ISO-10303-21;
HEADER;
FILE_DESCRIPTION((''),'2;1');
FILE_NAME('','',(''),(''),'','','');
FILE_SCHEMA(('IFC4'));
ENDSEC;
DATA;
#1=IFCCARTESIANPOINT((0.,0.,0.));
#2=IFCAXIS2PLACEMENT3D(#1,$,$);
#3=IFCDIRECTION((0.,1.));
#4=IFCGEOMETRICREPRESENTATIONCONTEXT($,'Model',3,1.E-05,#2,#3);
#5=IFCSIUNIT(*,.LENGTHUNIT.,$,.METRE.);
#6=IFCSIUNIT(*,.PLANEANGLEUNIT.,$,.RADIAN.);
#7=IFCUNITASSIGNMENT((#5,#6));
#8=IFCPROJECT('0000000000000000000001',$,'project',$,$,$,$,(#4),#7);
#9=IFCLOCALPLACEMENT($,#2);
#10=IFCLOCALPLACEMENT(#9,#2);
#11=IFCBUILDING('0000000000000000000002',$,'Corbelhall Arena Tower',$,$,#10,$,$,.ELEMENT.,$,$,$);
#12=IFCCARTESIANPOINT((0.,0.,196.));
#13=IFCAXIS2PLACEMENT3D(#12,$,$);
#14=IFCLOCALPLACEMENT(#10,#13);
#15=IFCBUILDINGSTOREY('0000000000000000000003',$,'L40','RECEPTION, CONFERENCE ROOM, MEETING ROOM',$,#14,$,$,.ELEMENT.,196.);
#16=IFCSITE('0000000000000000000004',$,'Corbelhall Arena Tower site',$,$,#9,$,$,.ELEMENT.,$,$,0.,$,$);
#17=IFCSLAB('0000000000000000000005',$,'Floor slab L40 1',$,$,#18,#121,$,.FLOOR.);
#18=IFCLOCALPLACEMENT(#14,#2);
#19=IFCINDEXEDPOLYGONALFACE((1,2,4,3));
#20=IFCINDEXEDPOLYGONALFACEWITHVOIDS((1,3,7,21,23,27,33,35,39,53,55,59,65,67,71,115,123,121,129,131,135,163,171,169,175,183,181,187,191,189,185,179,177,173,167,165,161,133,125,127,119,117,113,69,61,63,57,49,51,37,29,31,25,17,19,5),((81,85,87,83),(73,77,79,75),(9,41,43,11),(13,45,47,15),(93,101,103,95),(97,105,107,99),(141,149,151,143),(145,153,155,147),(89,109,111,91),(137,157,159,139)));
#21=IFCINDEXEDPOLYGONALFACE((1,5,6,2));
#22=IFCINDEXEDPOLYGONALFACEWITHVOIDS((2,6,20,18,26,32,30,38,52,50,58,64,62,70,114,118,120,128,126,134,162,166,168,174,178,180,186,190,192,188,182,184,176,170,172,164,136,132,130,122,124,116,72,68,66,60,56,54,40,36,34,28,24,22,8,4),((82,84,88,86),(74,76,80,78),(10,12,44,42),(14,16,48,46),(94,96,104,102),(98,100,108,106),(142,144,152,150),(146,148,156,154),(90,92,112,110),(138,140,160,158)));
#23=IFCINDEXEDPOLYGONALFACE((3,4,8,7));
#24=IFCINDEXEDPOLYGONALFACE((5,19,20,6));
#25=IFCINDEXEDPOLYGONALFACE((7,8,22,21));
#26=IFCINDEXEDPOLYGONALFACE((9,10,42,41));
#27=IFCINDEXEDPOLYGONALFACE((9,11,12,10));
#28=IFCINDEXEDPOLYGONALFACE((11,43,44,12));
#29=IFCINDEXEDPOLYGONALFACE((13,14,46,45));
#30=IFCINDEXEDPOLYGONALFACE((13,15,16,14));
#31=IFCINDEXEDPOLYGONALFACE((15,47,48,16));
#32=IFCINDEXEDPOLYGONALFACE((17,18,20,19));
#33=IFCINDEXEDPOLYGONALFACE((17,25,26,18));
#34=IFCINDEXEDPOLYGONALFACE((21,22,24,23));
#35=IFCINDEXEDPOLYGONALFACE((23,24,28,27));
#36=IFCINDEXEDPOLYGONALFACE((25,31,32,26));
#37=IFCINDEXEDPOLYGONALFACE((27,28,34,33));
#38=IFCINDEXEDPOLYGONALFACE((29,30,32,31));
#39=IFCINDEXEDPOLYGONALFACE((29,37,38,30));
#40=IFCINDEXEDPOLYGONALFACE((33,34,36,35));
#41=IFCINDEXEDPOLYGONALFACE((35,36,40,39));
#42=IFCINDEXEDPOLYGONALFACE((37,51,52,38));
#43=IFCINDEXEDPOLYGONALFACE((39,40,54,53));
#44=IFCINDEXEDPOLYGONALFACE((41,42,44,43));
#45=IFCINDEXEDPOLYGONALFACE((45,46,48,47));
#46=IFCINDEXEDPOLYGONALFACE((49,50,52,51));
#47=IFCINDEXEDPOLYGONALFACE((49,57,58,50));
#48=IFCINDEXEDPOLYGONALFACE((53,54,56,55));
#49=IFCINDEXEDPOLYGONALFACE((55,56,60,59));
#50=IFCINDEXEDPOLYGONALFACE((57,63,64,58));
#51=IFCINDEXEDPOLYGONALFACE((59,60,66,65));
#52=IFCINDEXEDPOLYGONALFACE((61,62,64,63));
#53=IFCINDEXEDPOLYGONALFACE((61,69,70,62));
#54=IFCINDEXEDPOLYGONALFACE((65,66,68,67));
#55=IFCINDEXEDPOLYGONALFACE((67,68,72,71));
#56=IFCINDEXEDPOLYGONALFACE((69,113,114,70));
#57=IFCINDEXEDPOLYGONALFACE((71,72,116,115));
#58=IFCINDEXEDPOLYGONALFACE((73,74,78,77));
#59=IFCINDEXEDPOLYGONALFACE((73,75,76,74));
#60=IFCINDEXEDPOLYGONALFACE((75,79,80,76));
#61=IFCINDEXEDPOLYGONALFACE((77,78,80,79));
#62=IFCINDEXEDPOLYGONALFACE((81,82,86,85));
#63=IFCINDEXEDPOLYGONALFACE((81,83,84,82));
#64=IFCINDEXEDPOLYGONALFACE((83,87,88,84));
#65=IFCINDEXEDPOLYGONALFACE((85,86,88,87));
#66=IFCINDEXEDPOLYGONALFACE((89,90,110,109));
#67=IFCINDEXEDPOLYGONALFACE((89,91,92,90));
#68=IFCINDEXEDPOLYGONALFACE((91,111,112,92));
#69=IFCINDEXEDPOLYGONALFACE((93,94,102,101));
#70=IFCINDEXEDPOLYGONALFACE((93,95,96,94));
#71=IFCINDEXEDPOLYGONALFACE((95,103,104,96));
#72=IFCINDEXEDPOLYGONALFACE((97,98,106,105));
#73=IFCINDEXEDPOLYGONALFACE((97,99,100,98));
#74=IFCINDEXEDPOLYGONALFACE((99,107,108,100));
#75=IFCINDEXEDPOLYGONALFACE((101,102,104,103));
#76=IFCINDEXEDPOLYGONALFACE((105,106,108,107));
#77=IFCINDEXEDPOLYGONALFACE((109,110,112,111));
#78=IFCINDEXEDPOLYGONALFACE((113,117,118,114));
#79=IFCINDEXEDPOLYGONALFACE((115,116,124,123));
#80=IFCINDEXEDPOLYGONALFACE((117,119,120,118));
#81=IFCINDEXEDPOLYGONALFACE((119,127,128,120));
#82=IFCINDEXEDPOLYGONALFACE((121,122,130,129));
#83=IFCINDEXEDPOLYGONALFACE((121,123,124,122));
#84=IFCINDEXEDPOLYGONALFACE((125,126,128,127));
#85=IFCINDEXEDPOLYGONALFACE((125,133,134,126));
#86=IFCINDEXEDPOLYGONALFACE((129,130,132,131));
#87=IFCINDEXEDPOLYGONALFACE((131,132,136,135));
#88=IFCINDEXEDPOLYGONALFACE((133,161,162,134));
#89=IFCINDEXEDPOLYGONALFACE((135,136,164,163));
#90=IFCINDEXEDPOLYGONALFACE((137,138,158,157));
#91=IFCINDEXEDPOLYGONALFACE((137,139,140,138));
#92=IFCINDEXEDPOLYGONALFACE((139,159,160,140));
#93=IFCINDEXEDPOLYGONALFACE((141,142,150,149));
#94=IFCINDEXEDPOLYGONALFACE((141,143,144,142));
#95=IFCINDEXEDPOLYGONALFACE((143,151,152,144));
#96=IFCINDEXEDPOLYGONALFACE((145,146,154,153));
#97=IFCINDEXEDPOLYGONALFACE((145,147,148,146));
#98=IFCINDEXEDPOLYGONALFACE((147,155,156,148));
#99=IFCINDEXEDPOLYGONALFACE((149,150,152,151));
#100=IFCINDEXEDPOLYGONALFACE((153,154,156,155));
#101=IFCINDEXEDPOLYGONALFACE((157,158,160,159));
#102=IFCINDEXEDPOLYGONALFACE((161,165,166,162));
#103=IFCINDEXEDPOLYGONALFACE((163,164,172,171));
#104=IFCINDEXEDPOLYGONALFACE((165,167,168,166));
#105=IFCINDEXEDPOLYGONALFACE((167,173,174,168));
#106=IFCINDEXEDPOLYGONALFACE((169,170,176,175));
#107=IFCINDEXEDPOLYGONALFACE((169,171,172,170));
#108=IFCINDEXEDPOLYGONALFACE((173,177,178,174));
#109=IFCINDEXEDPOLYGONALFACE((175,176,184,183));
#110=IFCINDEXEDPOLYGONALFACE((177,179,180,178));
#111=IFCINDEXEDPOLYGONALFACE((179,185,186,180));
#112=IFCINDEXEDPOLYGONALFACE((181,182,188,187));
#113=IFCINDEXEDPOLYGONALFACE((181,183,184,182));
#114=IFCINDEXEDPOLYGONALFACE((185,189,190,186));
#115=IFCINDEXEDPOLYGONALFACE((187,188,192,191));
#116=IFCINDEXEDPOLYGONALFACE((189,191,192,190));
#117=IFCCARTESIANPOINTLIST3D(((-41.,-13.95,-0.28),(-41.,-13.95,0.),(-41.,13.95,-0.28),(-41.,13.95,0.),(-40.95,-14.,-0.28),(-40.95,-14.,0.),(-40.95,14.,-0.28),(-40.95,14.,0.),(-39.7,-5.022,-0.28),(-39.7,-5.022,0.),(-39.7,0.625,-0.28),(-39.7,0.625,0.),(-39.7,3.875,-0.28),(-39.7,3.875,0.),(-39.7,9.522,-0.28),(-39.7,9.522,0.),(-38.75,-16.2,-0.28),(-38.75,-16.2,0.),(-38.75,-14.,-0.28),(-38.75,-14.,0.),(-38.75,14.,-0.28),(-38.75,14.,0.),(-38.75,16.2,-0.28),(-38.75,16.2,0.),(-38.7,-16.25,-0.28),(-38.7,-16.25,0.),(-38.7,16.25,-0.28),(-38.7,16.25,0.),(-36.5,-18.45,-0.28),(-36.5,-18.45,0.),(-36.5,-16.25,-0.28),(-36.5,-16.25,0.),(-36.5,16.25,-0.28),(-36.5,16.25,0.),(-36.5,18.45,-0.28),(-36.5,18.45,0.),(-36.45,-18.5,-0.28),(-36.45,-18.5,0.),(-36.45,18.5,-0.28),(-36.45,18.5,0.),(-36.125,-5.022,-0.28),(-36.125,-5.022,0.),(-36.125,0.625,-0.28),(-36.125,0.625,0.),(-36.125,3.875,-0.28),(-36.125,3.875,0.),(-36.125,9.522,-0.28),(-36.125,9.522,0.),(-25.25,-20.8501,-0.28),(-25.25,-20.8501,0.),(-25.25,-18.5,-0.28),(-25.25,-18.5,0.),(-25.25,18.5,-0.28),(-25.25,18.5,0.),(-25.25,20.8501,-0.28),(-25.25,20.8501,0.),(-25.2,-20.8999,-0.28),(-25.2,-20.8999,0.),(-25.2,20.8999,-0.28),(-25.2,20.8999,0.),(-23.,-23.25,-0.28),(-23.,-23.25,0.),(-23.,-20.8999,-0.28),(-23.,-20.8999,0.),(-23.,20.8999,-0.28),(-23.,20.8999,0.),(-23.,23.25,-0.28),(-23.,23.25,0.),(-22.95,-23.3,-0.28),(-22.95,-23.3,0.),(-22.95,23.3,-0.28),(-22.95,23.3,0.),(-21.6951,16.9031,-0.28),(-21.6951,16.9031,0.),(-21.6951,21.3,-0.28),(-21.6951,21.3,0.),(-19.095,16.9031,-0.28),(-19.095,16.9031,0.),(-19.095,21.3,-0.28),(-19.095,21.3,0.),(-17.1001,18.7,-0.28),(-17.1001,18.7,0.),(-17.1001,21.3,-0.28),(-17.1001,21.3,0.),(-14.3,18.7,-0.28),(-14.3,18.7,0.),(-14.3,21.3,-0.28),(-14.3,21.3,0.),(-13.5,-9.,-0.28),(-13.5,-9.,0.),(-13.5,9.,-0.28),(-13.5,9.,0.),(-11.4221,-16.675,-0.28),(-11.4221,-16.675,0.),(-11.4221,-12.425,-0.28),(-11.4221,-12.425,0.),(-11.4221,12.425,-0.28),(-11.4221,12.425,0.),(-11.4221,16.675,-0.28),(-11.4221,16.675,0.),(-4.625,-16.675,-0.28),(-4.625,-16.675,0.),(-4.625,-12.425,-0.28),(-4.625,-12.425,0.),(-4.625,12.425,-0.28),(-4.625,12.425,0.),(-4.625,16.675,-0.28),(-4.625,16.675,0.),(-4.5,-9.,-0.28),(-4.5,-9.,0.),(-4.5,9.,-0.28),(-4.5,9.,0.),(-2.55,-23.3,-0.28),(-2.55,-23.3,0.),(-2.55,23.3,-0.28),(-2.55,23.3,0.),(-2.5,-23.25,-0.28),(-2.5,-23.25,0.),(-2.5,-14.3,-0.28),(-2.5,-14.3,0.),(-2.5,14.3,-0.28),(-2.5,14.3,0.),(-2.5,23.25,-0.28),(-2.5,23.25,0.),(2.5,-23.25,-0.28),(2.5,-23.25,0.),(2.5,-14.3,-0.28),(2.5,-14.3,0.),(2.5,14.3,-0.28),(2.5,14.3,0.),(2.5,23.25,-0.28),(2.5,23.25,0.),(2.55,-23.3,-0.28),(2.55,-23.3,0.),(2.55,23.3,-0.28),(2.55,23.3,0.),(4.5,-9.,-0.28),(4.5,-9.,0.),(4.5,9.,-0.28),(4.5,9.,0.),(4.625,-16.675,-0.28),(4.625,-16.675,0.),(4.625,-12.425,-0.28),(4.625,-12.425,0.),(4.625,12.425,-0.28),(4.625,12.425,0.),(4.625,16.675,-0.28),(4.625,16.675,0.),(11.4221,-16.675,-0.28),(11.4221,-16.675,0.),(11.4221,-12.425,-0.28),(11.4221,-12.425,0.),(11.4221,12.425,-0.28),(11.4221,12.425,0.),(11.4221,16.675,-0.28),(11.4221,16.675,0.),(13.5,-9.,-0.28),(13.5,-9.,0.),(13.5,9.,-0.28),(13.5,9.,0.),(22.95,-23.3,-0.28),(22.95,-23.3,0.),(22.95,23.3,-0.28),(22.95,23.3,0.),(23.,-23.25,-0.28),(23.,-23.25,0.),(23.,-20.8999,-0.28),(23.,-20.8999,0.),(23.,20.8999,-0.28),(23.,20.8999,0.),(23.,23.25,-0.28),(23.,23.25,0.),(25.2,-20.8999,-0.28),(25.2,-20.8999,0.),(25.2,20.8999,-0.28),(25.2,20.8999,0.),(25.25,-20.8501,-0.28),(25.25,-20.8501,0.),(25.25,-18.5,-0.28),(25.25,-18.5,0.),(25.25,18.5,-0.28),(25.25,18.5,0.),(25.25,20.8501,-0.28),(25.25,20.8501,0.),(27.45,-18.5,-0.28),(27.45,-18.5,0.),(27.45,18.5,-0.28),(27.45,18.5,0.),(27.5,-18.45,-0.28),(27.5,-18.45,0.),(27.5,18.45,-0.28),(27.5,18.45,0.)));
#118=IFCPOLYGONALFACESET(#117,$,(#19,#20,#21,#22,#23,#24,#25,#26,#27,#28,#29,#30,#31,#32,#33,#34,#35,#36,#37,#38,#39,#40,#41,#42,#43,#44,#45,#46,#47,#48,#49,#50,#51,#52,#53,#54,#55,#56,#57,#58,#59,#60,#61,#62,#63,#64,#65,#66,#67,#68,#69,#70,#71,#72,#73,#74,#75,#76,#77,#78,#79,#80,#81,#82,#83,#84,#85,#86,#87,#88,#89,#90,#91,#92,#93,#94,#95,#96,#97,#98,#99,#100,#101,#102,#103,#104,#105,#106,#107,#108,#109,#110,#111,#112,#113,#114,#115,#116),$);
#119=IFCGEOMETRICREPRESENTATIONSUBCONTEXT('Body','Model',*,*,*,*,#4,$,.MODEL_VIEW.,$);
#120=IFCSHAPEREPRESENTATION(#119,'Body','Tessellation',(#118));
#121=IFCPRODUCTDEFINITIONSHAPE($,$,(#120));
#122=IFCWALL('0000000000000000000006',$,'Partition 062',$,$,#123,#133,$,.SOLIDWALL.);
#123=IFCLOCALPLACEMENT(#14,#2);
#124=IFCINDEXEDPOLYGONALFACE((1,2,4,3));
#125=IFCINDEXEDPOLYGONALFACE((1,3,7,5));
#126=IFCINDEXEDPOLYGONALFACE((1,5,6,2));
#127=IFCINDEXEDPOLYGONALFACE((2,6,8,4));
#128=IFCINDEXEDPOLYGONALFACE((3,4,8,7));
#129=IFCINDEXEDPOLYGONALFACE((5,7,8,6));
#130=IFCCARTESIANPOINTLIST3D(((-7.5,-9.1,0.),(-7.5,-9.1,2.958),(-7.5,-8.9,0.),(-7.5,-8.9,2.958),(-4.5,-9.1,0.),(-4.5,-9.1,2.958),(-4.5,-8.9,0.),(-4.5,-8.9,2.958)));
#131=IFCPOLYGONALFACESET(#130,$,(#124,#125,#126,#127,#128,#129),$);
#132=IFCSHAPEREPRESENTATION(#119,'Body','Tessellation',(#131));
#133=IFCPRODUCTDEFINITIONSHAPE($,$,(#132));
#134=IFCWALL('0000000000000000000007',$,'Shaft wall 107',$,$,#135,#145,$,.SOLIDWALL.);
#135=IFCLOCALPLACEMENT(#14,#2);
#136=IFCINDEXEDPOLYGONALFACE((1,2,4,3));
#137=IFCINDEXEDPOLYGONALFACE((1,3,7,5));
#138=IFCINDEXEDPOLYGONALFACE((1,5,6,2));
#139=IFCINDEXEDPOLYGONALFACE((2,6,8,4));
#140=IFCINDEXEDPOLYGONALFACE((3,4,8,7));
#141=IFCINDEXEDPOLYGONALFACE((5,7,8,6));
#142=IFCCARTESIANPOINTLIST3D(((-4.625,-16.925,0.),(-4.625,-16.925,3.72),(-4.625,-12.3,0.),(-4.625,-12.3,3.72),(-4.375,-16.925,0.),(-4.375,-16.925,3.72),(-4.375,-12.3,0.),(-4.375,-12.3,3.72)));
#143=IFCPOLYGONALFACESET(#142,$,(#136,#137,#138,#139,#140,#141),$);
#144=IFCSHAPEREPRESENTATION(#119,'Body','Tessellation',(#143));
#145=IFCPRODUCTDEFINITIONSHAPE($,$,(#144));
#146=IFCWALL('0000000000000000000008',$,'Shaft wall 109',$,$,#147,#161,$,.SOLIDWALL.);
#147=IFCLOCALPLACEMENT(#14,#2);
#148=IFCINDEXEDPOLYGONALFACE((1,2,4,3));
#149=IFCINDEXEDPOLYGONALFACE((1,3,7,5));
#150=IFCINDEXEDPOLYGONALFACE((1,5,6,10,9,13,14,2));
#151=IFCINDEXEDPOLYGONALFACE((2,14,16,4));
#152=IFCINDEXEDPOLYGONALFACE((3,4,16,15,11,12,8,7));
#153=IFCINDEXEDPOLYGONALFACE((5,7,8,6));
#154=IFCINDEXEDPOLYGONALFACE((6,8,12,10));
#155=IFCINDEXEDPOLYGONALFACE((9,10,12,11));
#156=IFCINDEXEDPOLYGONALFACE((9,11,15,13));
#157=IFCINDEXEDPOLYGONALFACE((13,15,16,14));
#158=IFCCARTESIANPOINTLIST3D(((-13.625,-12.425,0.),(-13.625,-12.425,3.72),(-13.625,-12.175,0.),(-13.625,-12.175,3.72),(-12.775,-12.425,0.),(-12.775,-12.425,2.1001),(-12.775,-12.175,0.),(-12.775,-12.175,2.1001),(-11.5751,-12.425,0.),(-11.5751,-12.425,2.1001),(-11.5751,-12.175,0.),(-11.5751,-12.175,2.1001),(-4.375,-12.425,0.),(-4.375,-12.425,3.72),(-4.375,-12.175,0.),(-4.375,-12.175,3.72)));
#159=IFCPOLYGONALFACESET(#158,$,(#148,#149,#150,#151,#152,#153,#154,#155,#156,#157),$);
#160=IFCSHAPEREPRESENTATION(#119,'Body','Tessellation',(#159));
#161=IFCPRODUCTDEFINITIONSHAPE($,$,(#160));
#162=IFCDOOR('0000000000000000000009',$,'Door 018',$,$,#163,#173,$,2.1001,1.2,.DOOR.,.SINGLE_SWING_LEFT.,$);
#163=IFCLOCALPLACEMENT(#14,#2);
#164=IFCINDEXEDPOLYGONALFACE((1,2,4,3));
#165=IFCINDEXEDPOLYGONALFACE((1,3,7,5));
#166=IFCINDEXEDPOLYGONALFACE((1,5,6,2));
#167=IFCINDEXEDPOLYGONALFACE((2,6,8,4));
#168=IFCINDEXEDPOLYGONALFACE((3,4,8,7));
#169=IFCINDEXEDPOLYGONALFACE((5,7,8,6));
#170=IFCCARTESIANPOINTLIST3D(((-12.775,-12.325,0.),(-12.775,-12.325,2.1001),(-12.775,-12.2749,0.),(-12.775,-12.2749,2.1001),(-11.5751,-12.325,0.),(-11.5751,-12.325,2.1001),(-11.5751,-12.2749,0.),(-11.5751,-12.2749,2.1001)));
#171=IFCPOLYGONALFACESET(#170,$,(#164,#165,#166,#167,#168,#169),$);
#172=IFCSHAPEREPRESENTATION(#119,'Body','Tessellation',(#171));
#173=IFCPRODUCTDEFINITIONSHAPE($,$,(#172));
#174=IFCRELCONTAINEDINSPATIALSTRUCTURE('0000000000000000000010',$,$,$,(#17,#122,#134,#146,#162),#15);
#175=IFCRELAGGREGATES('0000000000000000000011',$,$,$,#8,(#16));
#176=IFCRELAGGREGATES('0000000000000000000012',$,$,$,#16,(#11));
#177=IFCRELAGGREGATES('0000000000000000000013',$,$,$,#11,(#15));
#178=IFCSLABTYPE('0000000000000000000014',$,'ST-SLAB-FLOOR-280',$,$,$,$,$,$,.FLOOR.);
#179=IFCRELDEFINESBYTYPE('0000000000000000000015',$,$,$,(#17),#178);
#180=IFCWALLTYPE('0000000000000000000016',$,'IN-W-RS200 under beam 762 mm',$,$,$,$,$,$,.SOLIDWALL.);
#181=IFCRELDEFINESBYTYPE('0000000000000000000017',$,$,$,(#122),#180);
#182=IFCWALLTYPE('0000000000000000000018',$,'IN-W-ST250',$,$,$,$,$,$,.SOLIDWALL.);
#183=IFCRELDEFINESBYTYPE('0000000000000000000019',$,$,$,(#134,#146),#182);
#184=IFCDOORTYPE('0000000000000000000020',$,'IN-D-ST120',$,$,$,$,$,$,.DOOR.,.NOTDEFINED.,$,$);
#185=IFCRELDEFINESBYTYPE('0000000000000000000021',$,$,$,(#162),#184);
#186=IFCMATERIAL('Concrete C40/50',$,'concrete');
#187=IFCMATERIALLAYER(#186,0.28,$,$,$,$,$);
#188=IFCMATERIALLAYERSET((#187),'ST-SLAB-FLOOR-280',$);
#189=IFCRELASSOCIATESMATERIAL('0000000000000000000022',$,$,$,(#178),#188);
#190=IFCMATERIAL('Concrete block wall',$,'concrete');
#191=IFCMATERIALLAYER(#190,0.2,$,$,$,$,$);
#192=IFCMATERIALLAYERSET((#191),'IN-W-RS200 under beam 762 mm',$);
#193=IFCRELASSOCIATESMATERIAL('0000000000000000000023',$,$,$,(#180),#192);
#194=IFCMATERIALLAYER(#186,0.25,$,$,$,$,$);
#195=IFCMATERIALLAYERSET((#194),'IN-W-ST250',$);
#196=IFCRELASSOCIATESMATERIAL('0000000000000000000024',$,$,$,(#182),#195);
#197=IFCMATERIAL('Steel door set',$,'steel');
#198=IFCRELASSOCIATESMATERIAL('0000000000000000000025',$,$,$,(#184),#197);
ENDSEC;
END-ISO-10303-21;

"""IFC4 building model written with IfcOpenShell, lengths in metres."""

from ifc_helpers import new_model, si_unit, direction, frame, frame_2d, origin, place, context, subcontext, project, spatial, polyline, rectangle, outline, extrude, material, layer, layer_set, type_object, element, fill, save


model = new_model("IFC4")

# Units and contexts
model_context = context("Model", 3, precision=1e-05, world=origin(), true_north=direction((0.0, 1.0)))
body_context = subcontext(model_context, "Body", "Model", "MODEL_VIEW")
ifc_project = project(units=[si_unit("LENGTHUNIT", "METRE"), si_unit("PLANEANGLEUNIT", "RADIAN")], contexts=[model_context])

# Site, building, storey
site_placement = place(None, origin())
site = spatial("IfcSite", under=ifc_project, at=site_placement, Name="Corbelhall Arena Tower site", CompositionType="ELEMENT", RefElevation=0.0)
building_placement = place(site_placement, origin())
building = spatial("IfcBuilding", under=site, at=building_placement, Name="Corbelhall Arena Tower", CompositionType="ELEMENT")
storey_placement = place(building_placement, frame((0.0, 0.0, 196.0)))
storey = spatial("IfcBuildingStorey", under=building, at=storey_placement, Name="L40", Description="RECEPTION, CONFERENCE ROOM, MEETING ROOM", CompositionType="ELEMENT", Elevation=196.0)

# Shared definitions
ifc_material_1 = material(Name="Concrete C40/50", Category="concrete")

# Slab
ifc_layer_1 = layer(ifc_material_1, 0.28)
ifc_layer_set_1 = layer_set([ifc_layer_1], Name="ST-SLAB-FLOOR-280")
slab_type_1 = type_object("IfcSlabType", Name="ST-SLAB-FLOOR-280", PredefinedType="FLOOR", material=ifc_layer_set_1)
slab_1_placement = place(storey_placement, frame((0.0, 0.0, -0.28)))
element("IfcSlab", 1, at=slab_1_placement, inside=storey, type_object=slab_type_1, Name="Floor slab L40 1", PredefinedType="FLOOR", context=body_context, shape_type="SweptSolid", body=[
    extrude(outline(polyline([(23.0, 23.25), (22.95, 23.3), (2.55, 23.3), (2.5, 23.25), (2.5, 14.3), (-2.5, 14.3), (-2.5, 23.25), (-2.55, 23.3), (-22.95, 23.3), (-23.0, 23.25), (-23.0, 20.8999), (-25.2, 20.8999), (-25.25, 20.8501), (-25.25, 18.5), (-36.45, 18.5), (-36.5, 18.45), (-36.5, 16.25), (-38.7, 16.25), (-38.75, 16.2), (-38.75, 14.0), (-40.95, 14.0), (-41.0, 13.95), (-41.0, -13.95), (-40.95, -14.0), (-38.75, -14.0), (-38.75, -16.2), (-38.7, -16.25), (-36.5, -16.25), (-36.5, -18.45), (-36.45, -18.5), (-25.25, -18.5), (-25.25, -20.8501), (-25.2, -20.8999), (-23.0, -20.8999), (-23.0, -23.25), (-22.95, -23.3), (-2.55, -23.3), (-2.5, -23.25), (-2.5, -14.3), (2.5, -14.3), (2.5, -23.25), (2.55, -23.3), (22.95, -23.3), (23.0, -23.25), (23.0, -20.8999), (25.2, -20.8999), (25.25, -20.8501), (25.25, -18.5), (27.45, -18.5), (27.5, -18.45), (27.5, 18.45), (27.45, 18.5), (25.25, 18.5), (25.25, 20.8501), (25.2, 20.8999), (23.0, 20.8999), (23.0, 23.25)]), holes=[polyline([(-4.5, -9.0), (-4.5, 9.0), (-13.5, 9.0), (-13.5, -9.0), (-4.5, -9.0)]), polyline([(13.5, -9.0), (13.5, 9.0), (4.5, 9.0), (4.5, -9.0), (13.5, -9.0)]), polyline([(-11.4221, 12.425), (-4.625, 12.425), (-4.625, 16.675), (-11.4221, 16.675), (-11.4221, 12.425)]), polyline([(-11.4221, -12.425), (-11.4221, -16.675), (-4.625, -16.675), (-4.625, -12.425), (-11.4221, -12.425)]), polyline([(4.625, 12.425), (11.4221, 12.425), (11.4221, 16.675), (4.625, 16.675), (4.625, 12.425)]), polyline([(4.625, -12.425), (4.625, -16.675), (11.4221, -16.675), (11.4221, -12.425), (4.625, -12.425)]), polyline([(-39.7, 9.522), (-39.7, 3.875), (-36.125, 3.875), (-36.125, 9.522), (-39.7, 9.522)]), polyline([(-39.7, -5.022), (-36.125, -5.022), (-36.125, 0.625), (-39.7, 0.625), (-39.7, -5.022)]), polyline([(-21.6951, 21.3), (-21.6951, 16.9031), (-19.095, 16.9031), (-19.095, 21.3), (-21.6951, 21.3)]), polyline([(-14.3, 21.3), (-17.1001, 21.3), (-17.1001, 18.7), (-14.3, 18.7), (-14.3, 21.3)])]), origin(), (0.0, 0.0, 1.0), 0.28),
])

# Wall
ifc_material_2 = material(Name="Concrete block wall", Category="concrete")
ifc_layer_2 = layer(ifc_material_2, 0.2)
ifc_layer_set_2 = layer_set([ifc_layer_2], Name="IN-W-RS200 under beam 762 mm")
wall_type_1 = type_object("IfcWallType", Name="IN-W-RS200 under beam 762 mm", PredefinedType="SOLIDWALL", material=ifc_layer_set_2)
wall_1_placement = place(storey_placement, frame((-4.5, -9.0, 0.0), z_axis=(0.0, 0.0, 1.0), x_axis=(-1.0, 0.0, 0.0)))
element("IfcWall", 2, at=wall_1_placement, inside=storey, type_object=wall_type_1, Name="Partition 062", PredefinedType="SOLIDWALL", context=body_context, shape_type="SweptSolid", body=[
    extrude(rectangle(XDim=3.0, YDim=0.2, at=frame_2d((1.5, 0.0))), origin(), (0.0, 0.0, 1.0), 2.958),
])

# Shared definitions
ifc_material_3 = material(Name="Steel door set", Category="steel")

# Wall
ifc_layer_3 = layer(ifc_material_1, 0.25)
ifc_layer_set_3 = layer_set([ifc_layer_3], Name="IN-W-ST250")
wall_type_2 = type_object("IfcWallType", Name="IN-W-ST250", PredefinedType="SOLIDWALL", material=ifc_layer_set_3)
wall_2_placement = place(storey_placement, frame((-4.5, -12.3, 0.0), z_axis=(0.0, 0.0, 1.0), x_axis=(0.0, -1.0, 0.0)))
element("IfcWall", 3, at=wall_2_placement, inside=storey, type_object=wall_type_2, Name="Shaft wall 107", PredefinedType="SOLIDWALL", context=body_context, shape_type="SweptSolid", body=[
    extrude(rectangle(XDim=4.625, YDim=0.25, at=frame_2d((2.3125, 0.0))), origin(), (0.0, 0.0, 1.0), 3.72),
])

# Wall, opening, door
wall_3_placement = place(storey_placement, frame((-4.375, -12.3, 0.0), z_axis=(0.0, 0.0, 1.0), x_axis=(-1.0, 0.0, 0.0)))
wall_3 = element("IfcWall", 4, at=wall_3_placement, inside=storey, type_object=wall_type_2, Name="Shaft wall 109", PredefinedType="SOLIDWALL", context=body_context, shape_type="SweptSolid", body=[
    extrude(rectangle(XDim=9.25, YDim=0.25, at=frame_2d((4.625, 0.0))), origin(), (0.0, 0.0, 1.0), 3.72),
])
opening_1_placement = place(wall_3_placement, frame((7.2, 0.0, 0.0)))
opening_1 = element("IfcOpeningElement", 5, at=opening_1_placement, cuts=wall_3, PredefinedType="OPENING", context=body_context, shape_type="SweptSolid", body=[
    extrude(rectangle(XDim=1.2, YDim=2.1001, at=frame_2d((0.6001, 1.05))), frame((0.0, 0.125, 0.0), z_axis=(0.0, -1.0, 0.0), x_axis=(1.0, 0.0, 0.0)), (0.0, 0.0, 1.0), 0.25),
])
door_type_1 = type_object("IfcDoorType", Name="IN-D-ST120", OperationType="NOTDEFINED", PredefinedType="DOOR", material=ifc_material_3)
door_1_placement = place(opening_1_placement, origin())
door_1 = element("IfcDoor", 6, at=door_1_placement, inside=storey, type_object=door_type_1, Name="Door 018", OperationType="SINGLE_SWING_LEFT", OverallHeight=2.1001, OverallWidth=1.2, PredefinedType="DOOR", context=body_context, shape_type="SweptSolid", body=[
    extrude(rectangle(XDim=1.2, YDim=2.1001, at=frame_2d((0.6001, 1.05))), frame((0.0, 0.0249, 0.0), z_axis=(0.0, -1.0, 0.0), x_axis=(1.0, 0.0, 0.0)), (0.0, 0.0, 1.0), 0.05),
])
fill(opening_1, door_1)

save(model, "model.ifc")
